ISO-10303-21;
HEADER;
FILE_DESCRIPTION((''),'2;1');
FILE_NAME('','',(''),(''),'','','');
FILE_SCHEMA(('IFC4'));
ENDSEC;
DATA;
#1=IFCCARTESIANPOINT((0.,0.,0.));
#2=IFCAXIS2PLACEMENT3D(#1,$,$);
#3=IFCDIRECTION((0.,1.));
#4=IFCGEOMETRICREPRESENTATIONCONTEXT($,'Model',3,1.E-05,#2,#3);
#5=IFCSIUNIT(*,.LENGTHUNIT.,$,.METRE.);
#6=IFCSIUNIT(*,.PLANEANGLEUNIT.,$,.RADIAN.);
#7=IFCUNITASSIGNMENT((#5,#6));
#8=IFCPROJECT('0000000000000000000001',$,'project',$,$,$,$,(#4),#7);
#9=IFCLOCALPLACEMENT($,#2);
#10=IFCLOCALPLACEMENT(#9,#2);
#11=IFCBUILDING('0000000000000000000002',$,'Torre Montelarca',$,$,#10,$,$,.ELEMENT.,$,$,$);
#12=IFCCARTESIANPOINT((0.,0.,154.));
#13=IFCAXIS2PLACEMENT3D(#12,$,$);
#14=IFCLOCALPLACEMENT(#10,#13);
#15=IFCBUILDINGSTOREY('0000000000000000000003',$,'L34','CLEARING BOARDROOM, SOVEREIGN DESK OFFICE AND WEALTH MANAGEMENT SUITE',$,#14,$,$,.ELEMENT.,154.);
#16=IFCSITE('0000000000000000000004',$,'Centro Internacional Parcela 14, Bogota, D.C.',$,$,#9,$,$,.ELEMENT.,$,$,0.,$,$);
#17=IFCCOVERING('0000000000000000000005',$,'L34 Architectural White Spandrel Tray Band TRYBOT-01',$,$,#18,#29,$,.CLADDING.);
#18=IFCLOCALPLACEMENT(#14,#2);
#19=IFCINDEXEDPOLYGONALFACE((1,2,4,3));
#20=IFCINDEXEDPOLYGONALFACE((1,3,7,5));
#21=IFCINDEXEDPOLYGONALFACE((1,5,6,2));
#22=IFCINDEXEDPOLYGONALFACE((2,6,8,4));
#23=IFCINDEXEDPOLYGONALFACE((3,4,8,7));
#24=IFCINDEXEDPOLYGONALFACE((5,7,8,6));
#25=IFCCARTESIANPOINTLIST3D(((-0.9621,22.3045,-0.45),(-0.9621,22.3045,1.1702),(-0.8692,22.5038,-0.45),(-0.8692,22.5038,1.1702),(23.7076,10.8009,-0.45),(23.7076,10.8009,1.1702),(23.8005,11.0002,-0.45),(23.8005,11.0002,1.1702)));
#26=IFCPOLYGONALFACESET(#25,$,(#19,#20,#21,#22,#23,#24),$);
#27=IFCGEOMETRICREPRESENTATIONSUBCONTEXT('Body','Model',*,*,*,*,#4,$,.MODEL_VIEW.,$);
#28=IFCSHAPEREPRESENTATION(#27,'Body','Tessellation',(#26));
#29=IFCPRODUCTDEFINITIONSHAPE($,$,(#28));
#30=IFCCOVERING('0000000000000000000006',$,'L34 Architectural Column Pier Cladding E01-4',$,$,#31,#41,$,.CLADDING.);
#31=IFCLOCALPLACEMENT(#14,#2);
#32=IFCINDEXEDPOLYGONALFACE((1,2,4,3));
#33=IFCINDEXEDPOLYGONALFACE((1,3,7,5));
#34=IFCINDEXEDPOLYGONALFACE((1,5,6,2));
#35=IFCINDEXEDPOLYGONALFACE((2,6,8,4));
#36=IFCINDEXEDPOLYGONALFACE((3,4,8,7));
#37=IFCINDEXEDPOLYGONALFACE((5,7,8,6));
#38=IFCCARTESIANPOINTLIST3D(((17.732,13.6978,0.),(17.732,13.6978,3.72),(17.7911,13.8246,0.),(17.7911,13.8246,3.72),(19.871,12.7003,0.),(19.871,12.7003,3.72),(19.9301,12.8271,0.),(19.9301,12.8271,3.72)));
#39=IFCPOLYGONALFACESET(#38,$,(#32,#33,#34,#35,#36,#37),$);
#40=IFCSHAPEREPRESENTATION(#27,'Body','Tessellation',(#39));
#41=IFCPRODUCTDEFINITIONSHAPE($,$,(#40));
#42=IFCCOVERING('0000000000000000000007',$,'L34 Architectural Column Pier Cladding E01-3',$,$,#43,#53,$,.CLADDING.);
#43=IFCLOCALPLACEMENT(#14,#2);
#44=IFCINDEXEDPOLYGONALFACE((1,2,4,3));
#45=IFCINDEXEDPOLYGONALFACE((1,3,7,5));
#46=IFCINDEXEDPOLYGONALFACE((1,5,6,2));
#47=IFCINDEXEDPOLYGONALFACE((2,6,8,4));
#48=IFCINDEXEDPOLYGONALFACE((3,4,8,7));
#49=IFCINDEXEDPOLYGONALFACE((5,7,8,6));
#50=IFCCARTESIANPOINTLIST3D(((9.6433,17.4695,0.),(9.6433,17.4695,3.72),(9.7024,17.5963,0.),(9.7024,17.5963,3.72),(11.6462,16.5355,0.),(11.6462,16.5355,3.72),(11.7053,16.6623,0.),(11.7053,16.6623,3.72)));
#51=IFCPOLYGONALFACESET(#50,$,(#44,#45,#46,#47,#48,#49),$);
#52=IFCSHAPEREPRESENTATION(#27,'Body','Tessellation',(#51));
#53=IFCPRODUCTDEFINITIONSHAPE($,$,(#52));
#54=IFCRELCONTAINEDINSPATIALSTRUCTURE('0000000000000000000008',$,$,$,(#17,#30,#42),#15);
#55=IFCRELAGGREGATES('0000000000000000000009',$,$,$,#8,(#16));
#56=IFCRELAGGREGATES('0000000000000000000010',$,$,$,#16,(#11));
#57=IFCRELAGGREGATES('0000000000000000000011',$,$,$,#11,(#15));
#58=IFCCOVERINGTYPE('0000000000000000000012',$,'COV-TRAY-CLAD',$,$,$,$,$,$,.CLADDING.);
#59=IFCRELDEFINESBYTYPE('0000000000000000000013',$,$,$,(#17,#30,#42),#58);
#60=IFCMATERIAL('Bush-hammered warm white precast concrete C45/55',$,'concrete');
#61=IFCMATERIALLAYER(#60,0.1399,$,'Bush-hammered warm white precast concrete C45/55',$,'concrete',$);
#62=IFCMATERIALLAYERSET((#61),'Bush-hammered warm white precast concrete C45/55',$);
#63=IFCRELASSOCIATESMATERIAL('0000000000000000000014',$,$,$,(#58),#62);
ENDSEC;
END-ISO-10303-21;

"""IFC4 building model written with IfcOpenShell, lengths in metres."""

from ifc_helpers import new_model, si_unit, direction, frame, origin, origin_2d, place, context, subcontext, project, spatial, rectangle, extrude, source, transform, mapped, material, layer, layer_set, type_object, element, save


model = new_model("IFC4")

# Units and contexts
model_context = context("Model", 3, precision=1e-05, world=origin(), true_north=direction((0.0, 1.0)))
body_context = subcontext(model_context, "Body", "Model", "MODEL_VIEW")
ifc_project = project(units=[si_unit("LENGTHUNIT", "METRE"), si_unit("PLANEANGLEUNIT", "RADIAN")], contexts=[model_context])

# Site, building, storey
site_placement = place(None, origin())
site = spatial("IfcSite", under=ifc_project, at=site_placement, Name="Centro Internacional Parcela 14, Bogota, D.C.", CompositionType="ELEMENT", RefElevation=0.0)
building_placement = place(site_placement, origin())
building = spatial("IfcBuilding", under=site, at=building_placement, Name="Torre Montelarca", CompositionType="ELEMENT")
storey_placement = place(building_placement, frame((0.0, 0.0, 154.0)))
storey = spatial("IfcBuildingStorey", under=building, at=storey_placement, Name="L34", Description="CLEARING BOARDROOM, SOVEREIGN DESK OFFICE AND WEALTH MANAGEMENT SUITE", CompositionType="ELEMENT", Elevation=154.0)

# Coverings
ifc_material_1 = material(Name="Bush-hammered warm white precast concrete C45/55", Category="concrete")
ifc_layer_1 = layer(ifc_material_1, 0.1399, Name="Bush-hammered warm white precast concrete C45/55", Category="concrete")
ifc_layer_set_1 = layer_set([ifc_layer_1], Name="Bush-hammered warm white precast concrete C45/55")
covering_type_1 = type_object("IfcCoveringType", Name="COV-TRAY-CLAD", PredefinedType="CLADDING", material=ifc_layer_set_1)
shared_shape_1 = source(origin(), body_context, "Body", "SweptSolid", [
    extrude(rectangle(XDim=27.22, YDim=0.22, at=origin_2d()), origin(), (0.0, 0.0, 1.0), 1.6201),
])
covering_1_placement = place(storey_placement, frame((11.4192, 16.6523, -0.45), z_axis=(0.0, 0.0, 1.0), x_axis=(0.906309, -0.422617, 0.0)))
element("IfcCovering", 1, at=covering_1_placement, inside=storey, type_object=covering_type_1, Name="L34 Architectural White Spandrel Tray Band TRYBOT-01", PredefinedType="CLADDING", context=body_context, shape_type="MappedRepresentation", body=[
    mapped(shared_shape_1, transform((0.0, 0.0, 0.0), scale=1.0)),
])
shared_shape_2 = source(origin(), body_context, "Body", "SweptSolid", [
    extrude(rectangle(XDim=2.3601, YDim=0.1399, at=origin_2d()), origin(), (0.0, 0.0, 1.0), 3.72),
])
covering_2_placement = place(storey_placement, frame((18.8311, 13.2625, 0.0), z_axis=(0.0, 0.0, 1.0), x_axis=(0.906309, -0.422617, 0.0)))
element("IfcCovering", 2, at=covering_2_placement, inside=storey, type_object=covering_type_1, Name="L34 Architectural Column Pier Cladding E01-4", PredefinedType="CLADDING", context=body_context, shape_type="MappedRepresentation", body=[
    mapped(shared_shape_2, transform((0.0, 0.0, 0.0), scale=1.0)),
])
shared_shape_3 = source(origin(), body_context, "Body", "SweptSolid", [
    extrude(rectangle(XDim=2.21, YDim=0.1399, at=origin_2d()), origin(), (0.0, 0.0, 1.0), 3.72),
])
covering_3_placement = place(storey_placement, frame((10.6743, 17.0659, 0.0), z_axis=(0.0, 0.0, 1.0), x_axis=(0.906309, -0.422617, 0.0)))
element("IfcCovering", 3, at=covering_3_placement, inside=storey, type_object=covering_type_1, Name="L34 Architectural Column Pier Cladding E01-3", PredefinedType="CLADDING", context=body_context, shape_type="MappedRepresentation", body=[
    mapped(shared_shape_3, transform((0.0, 0.0, 0.0), scale=1.0)),
])

save(model, "model.ifc")
